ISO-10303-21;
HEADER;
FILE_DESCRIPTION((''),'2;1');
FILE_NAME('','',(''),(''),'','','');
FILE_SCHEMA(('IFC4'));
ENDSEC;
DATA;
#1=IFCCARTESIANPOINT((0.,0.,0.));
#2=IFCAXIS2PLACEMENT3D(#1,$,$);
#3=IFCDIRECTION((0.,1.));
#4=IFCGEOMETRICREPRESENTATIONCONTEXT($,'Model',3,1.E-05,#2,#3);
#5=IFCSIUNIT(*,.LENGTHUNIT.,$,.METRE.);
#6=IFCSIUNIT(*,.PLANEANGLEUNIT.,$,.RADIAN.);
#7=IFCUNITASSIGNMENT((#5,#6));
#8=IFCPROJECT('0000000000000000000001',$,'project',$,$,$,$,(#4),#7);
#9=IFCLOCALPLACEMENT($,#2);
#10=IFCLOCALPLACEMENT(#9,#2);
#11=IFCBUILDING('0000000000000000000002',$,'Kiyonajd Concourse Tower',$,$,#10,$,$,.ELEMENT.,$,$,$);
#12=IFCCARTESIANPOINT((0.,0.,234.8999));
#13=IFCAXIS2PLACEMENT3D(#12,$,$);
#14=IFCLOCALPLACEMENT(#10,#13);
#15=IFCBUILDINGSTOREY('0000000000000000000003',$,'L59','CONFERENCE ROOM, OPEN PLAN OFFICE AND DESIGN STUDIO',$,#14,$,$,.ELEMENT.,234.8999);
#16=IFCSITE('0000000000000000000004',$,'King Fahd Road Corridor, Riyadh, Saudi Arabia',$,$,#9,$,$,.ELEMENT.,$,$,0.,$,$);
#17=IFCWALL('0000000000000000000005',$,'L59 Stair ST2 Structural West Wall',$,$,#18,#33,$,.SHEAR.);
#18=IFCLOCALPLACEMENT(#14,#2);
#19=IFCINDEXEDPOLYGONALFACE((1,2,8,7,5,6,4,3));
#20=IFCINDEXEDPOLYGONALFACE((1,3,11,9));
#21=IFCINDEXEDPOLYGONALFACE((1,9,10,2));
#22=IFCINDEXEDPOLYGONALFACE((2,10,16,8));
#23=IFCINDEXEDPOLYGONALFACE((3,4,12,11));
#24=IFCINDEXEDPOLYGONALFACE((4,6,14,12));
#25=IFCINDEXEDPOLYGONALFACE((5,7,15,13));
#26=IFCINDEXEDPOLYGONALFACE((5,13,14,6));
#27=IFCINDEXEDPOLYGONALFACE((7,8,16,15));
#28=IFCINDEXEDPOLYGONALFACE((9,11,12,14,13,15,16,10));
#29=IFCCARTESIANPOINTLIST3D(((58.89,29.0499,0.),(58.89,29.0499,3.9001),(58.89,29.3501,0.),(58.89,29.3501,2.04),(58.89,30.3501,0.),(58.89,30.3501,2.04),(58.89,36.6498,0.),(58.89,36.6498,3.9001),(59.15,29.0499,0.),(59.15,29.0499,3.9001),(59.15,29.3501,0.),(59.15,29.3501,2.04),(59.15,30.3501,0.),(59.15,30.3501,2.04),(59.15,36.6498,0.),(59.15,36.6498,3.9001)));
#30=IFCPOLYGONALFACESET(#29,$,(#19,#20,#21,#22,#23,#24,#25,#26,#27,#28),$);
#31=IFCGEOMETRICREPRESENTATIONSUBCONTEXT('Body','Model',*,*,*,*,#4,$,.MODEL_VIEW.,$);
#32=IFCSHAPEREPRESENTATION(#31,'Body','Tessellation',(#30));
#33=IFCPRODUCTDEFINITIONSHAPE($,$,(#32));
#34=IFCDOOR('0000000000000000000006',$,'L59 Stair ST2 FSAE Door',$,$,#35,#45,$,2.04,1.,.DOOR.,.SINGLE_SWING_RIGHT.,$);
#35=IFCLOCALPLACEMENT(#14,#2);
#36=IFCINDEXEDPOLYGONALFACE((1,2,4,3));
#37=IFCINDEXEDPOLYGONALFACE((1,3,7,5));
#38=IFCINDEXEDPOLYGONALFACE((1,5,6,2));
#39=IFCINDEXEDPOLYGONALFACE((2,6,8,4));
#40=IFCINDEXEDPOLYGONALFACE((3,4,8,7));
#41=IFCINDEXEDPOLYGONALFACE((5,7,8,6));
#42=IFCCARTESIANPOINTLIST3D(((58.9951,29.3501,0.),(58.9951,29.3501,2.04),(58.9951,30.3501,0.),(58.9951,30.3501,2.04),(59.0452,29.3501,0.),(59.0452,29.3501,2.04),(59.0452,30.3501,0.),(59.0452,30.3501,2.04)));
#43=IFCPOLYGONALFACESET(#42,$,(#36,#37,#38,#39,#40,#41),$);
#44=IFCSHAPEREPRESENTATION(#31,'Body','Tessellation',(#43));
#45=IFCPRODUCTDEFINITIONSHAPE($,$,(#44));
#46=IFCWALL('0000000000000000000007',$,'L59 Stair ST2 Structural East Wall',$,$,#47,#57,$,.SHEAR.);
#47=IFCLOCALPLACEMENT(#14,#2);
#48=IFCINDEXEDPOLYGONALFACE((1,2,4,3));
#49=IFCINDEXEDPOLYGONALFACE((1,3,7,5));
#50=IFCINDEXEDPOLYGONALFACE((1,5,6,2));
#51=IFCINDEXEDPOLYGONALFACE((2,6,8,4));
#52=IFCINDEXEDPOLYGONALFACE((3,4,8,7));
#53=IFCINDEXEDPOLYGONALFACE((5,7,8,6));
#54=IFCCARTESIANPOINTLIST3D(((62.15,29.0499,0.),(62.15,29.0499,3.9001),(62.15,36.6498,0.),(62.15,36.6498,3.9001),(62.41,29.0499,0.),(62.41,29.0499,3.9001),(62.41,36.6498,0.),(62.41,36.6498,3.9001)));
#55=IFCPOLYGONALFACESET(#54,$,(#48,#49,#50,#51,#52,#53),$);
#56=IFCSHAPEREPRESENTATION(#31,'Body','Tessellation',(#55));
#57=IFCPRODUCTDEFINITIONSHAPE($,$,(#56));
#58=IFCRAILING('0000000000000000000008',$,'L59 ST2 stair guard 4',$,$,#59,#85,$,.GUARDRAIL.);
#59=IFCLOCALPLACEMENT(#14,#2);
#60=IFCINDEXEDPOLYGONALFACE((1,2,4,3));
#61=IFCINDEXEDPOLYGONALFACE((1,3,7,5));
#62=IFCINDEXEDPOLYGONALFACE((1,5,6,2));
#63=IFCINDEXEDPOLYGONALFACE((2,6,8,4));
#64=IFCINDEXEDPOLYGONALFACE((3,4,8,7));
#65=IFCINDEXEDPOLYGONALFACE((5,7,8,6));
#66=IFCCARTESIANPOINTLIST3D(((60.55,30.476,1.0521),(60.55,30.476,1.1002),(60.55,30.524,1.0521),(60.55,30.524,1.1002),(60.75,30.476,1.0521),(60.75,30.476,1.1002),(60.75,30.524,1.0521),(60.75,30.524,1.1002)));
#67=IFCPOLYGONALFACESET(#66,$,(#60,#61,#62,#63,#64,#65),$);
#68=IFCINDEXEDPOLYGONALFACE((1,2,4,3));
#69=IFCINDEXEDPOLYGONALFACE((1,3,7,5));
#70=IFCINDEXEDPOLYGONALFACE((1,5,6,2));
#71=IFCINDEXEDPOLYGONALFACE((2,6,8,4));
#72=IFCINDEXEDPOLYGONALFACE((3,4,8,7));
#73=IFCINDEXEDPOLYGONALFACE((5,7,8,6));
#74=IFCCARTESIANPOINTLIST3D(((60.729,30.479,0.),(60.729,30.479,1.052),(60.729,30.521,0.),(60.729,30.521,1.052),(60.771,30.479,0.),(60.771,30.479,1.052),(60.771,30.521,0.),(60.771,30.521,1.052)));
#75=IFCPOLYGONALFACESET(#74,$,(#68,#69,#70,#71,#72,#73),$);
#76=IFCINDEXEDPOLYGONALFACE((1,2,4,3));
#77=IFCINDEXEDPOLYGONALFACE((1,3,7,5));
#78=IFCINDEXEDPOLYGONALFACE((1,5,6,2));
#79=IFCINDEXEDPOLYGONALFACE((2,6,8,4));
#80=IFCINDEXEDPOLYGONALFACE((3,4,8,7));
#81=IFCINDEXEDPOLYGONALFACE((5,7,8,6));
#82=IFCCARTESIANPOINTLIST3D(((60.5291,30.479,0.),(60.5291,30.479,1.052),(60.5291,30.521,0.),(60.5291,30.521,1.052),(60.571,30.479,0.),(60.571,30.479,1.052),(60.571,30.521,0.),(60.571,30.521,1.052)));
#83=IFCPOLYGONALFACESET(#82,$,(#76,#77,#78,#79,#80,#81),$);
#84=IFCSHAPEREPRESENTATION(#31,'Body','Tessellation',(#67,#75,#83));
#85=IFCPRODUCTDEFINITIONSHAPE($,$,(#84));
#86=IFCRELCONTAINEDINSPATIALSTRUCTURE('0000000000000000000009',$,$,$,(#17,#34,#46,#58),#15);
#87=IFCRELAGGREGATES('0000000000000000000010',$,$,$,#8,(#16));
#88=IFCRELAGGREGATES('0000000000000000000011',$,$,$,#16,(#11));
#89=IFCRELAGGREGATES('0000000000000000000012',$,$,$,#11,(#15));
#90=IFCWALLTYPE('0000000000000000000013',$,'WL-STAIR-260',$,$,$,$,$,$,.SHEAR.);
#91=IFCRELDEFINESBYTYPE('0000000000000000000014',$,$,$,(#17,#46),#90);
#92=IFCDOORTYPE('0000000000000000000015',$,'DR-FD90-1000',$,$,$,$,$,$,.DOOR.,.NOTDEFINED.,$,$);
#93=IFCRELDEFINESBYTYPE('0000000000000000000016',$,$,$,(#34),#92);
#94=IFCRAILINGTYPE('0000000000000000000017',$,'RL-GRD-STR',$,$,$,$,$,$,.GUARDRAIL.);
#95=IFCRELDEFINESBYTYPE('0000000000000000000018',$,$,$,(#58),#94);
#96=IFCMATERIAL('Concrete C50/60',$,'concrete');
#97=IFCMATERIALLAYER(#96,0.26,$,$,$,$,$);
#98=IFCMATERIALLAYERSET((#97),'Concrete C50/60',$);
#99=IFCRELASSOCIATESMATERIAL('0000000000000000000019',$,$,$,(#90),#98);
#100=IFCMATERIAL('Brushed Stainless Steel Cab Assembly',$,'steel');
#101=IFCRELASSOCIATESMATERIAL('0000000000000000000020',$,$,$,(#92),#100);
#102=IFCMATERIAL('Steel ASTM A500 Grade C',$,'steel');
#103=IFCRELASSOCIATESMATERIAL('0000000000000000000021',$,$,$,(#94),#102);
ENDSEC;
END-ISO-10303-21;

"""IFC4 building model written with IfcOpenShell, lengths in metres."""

from ifc_helpers import new_model, si_unit, direction, frame, frame_2d, origin, origin_2d, place, context, subcontext, project, spatial, rectangle, extrude, material, layer, layer_set, type_object, element, fill, save


model = new_model("IFC4")

# Units and contexts
model_context = context("Model", 3, precision=1e-05, world=origin(), true_north=direction((0.0, 1.0)))
body_context = subcontext(model_context, "Body", "Model", "MODEL_VIEW")
ifc_project = project(units=[si_unit("LENGTHUNIT", "METRE"), si_unit("PLANEANGLEUNIT", "RADIAN")], contexts=[model_context])

# Site, building, storey
site_placement = place(None, origin())
site = spatial("IfcSite", under=ifc_project, at=site_placement, Name="King Fahd Road Corridor, Riyadh, Saudi Arabia", CompositionType="ELEMENT", RefElevation=0.0)
building_placement = place(site_placement, origin())
building = spatial("IfcBuilding", under=site, at=building_placement, Name="Kiyonajd Concourse Tower", CompositionType="ELEMENT")
storey_placement = place(building_placement, frame((0.0, 0.0, 234.8999)))
storey = spatial("IfcBuildingStorey", under=building, at=storey_placement, Name="L59", Description="CONFERENCE ROOM, OPEN PLAN OFFICE AND DESIGN STUDIO", CompositionType="ELEMENT", Elevation=234.8999)

# Shared definitions
ifc_material_1 = material(Name="Concrete C50/60", Category="concrete")

# Shared definitions
ifc_layer_1 = layer(ifc_material_1, 0.26)
ifc_layer_set_1 = layer_set([ifc_layer_1], Name="Concrete C50/60")
wall_type_1 = type_object("IfcWallType", Name="WL-STAIR-260", PredefinedType="SHEAR", material=ifc_layer_set_1)

# Wall, opening, door
wall_1_placement = place(storey_placement, frame((59.02, 29.05, 0.0), z_axis=(0.0, 0.0, 1.0), x_axis=(0.0, 1.0, 0.0)))
wall_1 = element("IfcWall", 1, at=wall_1_placement, inside=storey, type_object=wall_type_1, Name="L59 Stair ST2 Structural West Wall", PredefinedType="SHEAR", context=body_context, shape_type="SweptSolid", body=[
    extrude(rectangle(XDim=7.5999, YDim=0.26, at=frame_2d((3.7998, 0.0))), origin(), (0.0, 0.0, 1.0), 3.9001),
])
opening_1_placement = place(wall_1_placement, frame((0.3, 0.0, 0.0)))
opening_1 = element("IfcOpeningElement", 2, at=opening_1_placement, cuts=wall_1, PredefinedType="OPENING", context=body_context, shape_type="SweptSolid", body=[
    extrude(rectangle(XDim=1.0, YDim=2.04, at=frame_2d((0.5, 1.02))), frame((0.0, 0.1399, 0.0), z_axis=(0.0, -1.0, 0.0), x_axis=(1.0, 0.0, 0.0)), (0.0, 0.0, 1.0), 0.28),
])
ifc_material_2 = material(Name="Brushed Stainless Steel Cab Assembly", Category="steel")
door_type = type_object("IfcDoorType", Name="DR-FD90-1000", OperationType="NOTDEFINED", PredefinedType="DOOR", material=ifc_material_2)
door_placement = place(opening_1_placement, origin())
door = element("IfcDoor", 3, at=door_placement, inside=storey, type_object=door_type, Name="L59 Stair ST2 FSAE Door", OperationType="SINGLE_SWING_RIGHT", OverallHeight=2.04, OverallWidth=1.0, PredefinedType="DOOR", context=body_context, shape_type="SweptSolid", body=[
    extrude(rectangle(XDim=1.0, YDim=2.04, at=frame_2d((0.5, 1.02))), frame((0.0, 0.0249, 0.0), z_axis=(0.0, -1.0, 0.0), x_axis=(1.0, 0.0, 0.0)), (0.0, 0.0, 1.0), 0.05),
])
fill(opening_1, door)

# Wall
wall_2_placement = place(storey_placement, frame((62.28, 29.05, 0.0), z_axis=(0.0, 0.0, 1.0), x_axis=(0.0, 1.0, 0.0)))
element("IfcWall", 4, at=wall_2_placement, inside=storey, type_object=wall_type_1, Name="L59 Stair ST2 Structural East Wall", PredefinedType="SHEAR", context=body_context, shape_type="SweptSolid", body=[
    extrude(rectangle(XDim=7.5999, YDim=0.26, at=frame_2d((3.7998, 0.0))), origin(), (0.0, 0.0, 1.0), 3.9001),
])

# Railing
ifc_material_3 = material(Name="Steel ASTM A500 Grade C", Category="steel")
railing_type = type_object("IfcRailingType", Name="RL-GRD-STR", PredefinedType="GUARDRAIL", material=ifc_material_3)
railing_placement = place(storey_placement, frame((60.75, 30.5, 0.0)))
element("IfcRailing", 5, at=railing_placement, inside=storey, type_object=railing_type, Name="L59 ST2 stair guard 4", PredefinedType="GUARDRAIL", context=body_context, shape_type="SweptSolid", body=[
    extrude(rectangle(XDim=0.0481, YDim=0.0481, at=origin_2d()), frame((0.0, 0.0, 1.0762), z_axis=(-1.0, 0.0, 0.0), x_axis=(0.0, -1.0, 0.0)), (0.0, 0.0, 1.0), 0.2),
    extrude(rectangle(XDim=0.042, YDim=0.042, at=origin_2d()), origin(), (0.0, 0.0, 1.0), 1.052),
    extrude(rectangle(XDim=0.042, YDim=0.042, at=origin_2d()), frame((-0.2, 0.0, 0.0)), (0.0, 0.0, 1.0), 1.052),
])

save(model, "model.ifc")
